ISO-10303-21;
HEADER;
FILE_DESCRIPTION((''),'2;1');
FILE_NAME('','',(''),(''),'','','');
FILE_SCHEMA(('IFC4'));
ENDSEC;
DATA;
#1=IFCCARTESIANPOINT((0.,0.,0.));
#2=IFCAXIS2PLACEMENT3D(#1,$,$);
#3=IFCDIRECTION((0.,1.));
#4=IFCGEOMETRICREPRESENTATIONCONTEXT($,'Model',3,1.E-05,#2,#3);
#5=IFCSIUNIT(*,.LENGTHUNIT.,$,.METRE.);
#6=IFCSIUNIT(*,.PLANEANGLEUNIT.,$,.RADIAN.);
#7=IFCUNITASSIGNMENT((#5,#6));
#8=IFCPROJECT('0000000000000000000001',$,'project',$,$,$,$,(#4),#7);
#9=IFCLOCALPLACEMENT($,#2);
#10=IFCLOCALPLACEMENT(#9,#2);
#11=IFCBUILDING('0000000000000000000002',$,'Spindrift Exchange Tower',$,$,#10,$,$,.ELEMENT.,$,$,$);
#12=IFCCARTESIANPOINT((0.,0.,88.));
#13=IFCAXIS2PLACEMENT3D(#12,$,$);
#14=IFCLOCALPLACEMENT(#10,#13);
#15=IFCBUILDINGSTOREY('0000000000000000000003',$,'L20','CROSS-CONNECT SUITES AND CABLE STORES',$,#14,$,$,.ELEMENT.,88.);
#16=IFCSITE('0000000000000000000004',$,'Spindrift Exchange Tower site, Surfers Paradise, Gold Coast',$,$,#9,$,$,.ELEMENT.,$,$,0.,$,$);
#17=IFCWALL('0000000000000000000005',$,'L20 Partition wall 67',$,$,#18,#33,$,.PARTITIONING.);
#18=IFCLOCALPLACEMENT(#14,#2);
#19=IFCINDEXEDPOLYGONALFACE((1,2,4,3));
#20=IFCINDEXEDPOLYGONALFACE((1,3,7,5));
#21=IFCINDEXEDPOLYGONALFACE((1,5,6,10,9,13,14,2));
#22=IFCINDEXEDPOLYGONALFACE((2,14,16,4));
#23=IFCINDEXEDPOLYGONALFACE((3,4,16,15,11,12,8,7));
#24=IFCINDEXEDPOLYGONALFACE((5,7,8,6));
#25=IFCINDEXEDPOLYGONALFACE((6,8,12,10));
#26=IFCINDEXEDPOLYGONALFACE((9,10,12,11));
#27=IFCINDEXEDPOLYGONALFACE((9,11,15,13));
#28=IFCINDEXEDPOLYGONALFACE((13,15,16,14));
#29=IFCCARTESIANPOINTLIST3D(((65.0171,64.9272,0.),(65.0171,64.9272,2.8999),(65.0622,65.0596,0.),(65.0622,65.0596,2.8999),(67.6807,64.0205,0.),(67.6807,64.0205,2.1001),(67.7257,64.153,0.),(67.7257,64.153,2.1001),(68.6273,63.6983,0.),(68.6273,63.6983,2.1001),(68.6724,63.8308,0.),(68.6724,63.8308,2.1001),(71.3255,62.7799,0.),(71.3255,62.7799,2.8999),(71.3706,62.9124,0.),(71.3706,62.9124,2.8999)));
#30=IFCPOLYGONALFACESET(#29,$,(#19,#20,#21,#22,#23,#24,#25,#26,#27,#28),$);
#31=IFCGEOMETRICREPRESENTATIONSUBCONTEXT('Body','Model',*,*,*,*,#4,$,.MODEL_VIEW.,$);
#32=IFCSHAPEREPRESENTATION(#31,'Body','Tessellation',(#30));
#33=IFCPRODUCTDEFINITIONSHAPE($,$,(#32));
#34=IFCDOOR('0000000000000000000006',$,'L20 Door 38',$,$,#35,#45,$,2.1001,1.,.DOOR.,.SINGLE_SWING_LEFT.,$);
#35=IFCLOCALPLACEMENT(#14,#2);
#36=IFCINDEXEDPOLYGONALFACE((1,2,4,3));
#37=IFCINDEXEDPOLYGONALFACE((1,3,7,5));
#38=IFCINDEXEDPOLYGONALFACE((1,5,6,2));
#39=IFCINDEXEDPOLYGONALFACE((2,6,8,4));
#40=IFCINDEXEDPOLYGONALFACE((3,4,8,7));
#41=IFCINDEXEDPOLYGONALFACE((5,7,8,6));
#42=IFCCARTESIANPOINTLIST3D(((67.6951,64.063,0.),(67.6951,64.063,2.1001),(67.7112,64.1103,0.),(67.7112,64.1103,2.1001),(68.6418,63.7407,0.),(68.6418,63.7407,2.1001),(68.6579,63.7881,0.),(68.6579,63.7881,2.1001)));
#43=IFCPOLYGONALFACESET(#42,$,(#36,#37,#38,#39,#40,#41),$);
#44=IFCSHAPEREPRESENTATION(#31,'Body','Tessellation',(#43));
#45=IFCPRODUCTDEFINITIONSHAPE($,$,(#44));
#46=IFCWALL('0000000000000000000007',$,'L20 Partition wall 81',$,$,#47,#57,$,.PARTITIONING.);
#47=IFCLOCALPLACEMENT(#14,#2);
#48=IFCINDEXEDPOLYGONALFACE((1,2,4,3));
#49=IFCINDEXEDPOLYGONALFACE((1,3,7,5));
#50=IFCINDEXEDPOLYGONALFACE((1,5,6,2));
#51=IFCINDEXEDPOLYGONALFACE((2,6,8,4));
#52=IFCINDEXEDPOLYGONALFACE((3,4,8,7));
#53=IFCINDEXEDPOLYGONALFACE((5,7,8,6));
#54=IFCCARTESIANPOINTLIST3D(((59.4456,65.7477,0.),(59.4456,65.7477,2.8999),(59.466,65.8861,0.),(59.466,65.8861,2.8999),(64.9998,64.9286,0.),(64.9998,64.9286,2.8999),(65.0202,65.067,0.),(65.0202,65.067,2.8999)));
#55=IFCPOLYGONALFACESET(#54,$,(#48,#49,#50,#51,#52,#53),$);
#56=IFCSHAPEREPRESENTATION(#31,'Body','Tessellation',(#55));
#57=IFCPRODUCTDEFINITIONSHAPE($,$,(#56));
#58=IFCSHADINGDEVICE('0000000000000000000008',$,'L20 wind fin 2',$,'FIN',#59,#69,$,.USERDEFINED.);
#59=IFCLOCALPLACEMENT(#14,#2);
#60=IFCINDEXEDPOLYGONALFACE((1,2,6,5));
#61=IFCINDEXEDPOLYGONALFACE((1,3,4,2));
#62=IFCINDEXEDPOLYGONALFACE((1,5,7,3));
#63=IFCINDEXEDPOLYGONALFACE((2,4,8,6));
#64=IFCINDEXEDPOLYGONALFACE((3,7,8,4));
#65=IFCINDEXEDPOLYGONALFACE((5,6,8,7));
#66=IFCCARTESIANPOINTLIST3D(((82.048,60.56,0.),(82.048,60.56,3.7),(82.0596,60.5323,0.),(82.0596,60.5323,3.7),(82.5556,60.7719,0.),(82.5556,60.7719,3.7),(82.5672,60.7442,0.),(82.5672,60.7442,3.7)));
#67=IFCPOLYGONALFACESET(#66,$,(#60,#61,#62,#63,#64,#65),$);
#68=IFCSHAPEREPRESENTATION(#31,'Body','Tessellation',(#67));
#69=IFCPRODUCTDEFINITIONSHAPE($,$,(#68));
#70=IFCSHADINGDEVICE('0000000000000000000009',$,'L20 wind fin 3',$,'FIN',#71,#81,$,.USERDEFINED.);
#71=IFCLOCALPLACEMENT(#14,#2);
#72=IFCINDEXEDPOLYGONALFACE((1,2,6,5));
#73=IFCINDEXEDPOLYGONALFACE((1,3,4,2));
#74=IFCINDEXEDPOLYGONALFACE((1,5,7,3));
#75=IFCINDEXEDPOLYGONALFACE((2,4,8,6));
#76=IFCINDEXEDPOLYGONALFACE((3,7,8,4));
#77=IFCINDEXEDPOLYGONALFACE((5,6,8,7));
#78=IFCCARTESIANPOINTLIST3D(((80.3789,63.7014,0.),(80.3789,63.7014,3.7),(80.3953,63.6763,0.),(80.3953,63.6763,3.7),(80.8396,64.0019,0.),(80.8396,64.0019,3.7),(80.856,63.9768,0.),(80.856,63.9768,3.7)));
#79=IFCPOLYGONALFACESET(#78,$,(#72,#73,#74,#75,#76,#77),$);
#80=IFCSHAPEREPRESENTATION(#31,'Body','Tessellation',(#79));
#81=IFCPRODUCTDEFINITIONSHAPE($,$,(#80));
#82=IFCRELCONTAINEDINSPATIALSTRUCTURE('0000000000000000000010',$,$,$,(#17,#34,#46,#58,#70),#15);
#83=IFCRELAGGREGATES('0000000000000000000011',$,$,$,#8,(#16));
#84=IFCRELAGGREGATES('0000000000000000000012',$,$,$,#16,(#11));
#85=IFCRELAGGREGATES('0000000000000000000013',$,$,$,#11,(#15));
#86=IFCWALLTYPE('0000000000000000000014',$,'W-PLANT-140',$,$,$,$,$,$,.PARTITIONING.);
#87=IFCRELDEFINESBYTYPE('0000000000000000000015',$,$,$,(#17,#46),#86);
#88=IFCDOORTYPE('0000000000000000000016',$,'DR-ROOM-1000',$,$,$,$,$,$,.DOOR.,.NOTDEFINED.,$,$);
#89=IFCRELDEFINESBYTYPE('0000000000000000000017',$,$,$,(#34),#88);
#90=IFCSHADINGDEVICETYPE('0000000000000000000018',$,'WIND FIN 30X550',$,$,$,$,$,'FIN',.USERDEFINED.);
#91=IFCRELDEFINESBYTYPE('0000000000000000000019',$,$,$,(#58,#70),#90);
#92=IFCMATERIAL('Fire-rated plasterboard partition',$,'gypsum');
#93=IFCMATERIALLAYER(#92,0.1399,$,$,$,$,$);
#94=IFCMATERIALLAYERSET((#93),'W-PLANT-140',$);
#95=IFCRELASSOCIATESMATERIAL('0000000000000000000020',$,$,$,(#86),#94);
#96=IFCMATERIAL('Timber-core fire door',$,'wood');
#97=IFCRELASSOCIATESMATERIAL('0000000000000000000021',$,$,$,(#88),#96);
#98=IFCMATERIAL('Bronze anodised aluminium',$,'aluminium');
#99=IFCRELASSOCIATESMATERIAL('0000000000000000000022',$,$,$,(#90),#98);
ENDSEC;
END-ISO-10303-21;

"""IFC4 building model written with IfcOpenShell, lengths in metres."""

from ifc_helpers import new_model, si_unit, direction, frame, frame_2d, origin, origin_2d, place, context, subcontext, project, spatial, rectangle, extrude, source, transform, mapped, material, layer, layer_set, material_profile, profile_set, type_object, element, fill, save


model = new_model("IFC4")

# Units and contexts
model_context = context("Model", 3, precision=1e-05, world=origin(), true_north=direction((0.0, 1.0)))
body_context = subcontext(model_context, "Body", "Model", "MODEL_VIEW")
ifc_project = project(units=[si_unit("LENGTHUNIT", "METRE"), si_unit("PLANEANGLEUNIT", "RADIAN")], contexts=[model_context])

# Site, building, storey
site_placement = place(None, origin())
site = spatial("IfcSite", under=ifc_project, at=site_placement, Name="Spindrift Exchange Tower site, Surfers Paradise, Gold Coast", CompositionType="ELEMENT", RefElevation=0.0)
building_placement = place(site_placement, origin())
building = spatial("IfcBuilding", under=site, at=building_placement, Name="Spindrift Exchange Tower", CompositionType="ELEMENT")
storey_placement = place(building_placement, frame((0.0, 0.0, 88.0)))
storey = spatial("IfcBuildingStorey", under=building, at=storey_placement, Name="L20", Description="CROSS-CONNECT SUITES AND CABLE STORES", CompositionType="ELEMENT", Elevation=88.0)

# Shared definitions
ifc_material_1 = material(Name="Bronze anodised aluminium", Category="aluminium")

# Wall, opening, door
ifc_material_2 = material(Name="Fire-rated plasterboard partition", Category="gypsum")
ifc_layer_1 = layer(ifc_material_2, 0.1399)
ifc_layer_set_1 = layer_set([ifc_layer_1], Name="W-PLANT-140")
wall_type = type_object("IfcWallType", Name="W-PLANT-140", PredefinedType="PARTITIONING", material=ifc_layer_set_1)
wall_1_placement = place(storey_placement, frame((65.0396, 64.9934, 0.0), z_axis=(0.0, 0.0, 1.0), x_axis=(0.946664, -0.322223, 0.0)))
wall_1 = element("IfcWall", 1, at=wall_1_placement, inside=storey, type_object=wall_type, Name="L20 Partition wall 67", PredefinedType="PARTITIONING", context=body_context, shape_type="SweptSolid", body=[
    extrude(rectangle(XDim=6.6638, YDim=0.1399, at=frame_2d((3.332, 0.0))), origin(), (0.0, 0.0, 1.0), 2.8999),
])
opening_placement = place(wall_1_placement, frame((2.8137, 0.0, 0.0)))
opening = element("IfcOpeningElement", 2, at=opening_placement, cuts=wall_1, PredefinedType="OPENING", context=body_context, shape_type="SweptSolid", body=[
    extrude(rectangle(XDim=1.0, YDim=2.1001, at=frame_2d((0.5, 1.05))), frame((0.0, 0.0798, 0.0), z_axis=(0.0, -1.0, 0.0), x_axis=(1.0, 0.0, 0.0)), (0.0, 0.0, 1.0), 0.1599),
])
ifc_material_3 = material(Name="Timber-core fire door", Category="wood")
door_type = type_object("IfcDoorType", Name="DR-ROOM-1000", OperationType="NOTDEFINED", PredefinedType="DOOR", material=ifc_material_3)
shared_shape_1 = source(origin(), body_context, "Body", "SweptSolid", [
    extrude(rectangle(XDim=1.0, YDim=2.1001, at=frame_2d((0.5, 1.05))), frame((0.0, 0.0249, 0.0), z_axis=(0.0, -1.0, 0.0), x_axis=(1.0, 0.0, 0.0)), (0.0, 0.0, 1.0), 0.05),
])
door_placement = place(opening_placement, origin())
door = element("IfcDoor", 3, at=door_placement, inside=storey, type_object=door_type, Name="L20 Door 38", OperationType="SINGLE_SWING_LEFT", OverallHeight=2.1001, OverallWidth=1.0, PredefinedType="DOOR", context=body_context, shape_type="MappedRepresentation", body=[
    mapped(shared_shape_1, transform((0.0, 0.0, 0.0), scale=1.0)),
])
fill(opening, door)

# Wall
wall_2_placement = place(storey_placement, frame((65.01, 64.9978, 0.0), z_axis=(0.0, 0.0, 1.0), x_axis=(-0.9893, 0.145895, 0.0)))
element("IfcWall", 4, at=wall_2_placement, inside=storey, type_object=wall_type, Name="L20 Partition wall 81", PredefinedType="PARTITIONING", context=body_context, shape_type="SweptSolid", body=[
    extrude(rectangle(XDim=5.6143, YDim=0.1399, at=frame_2d((2.8071, 0.0))), origin(), (0.0, 0.0, 1.0), 2.8999),
])

# Shading devices
ifc_material_profile_1 = material_profile(ifc_material_1, rectangle(XDim=0.03, YDim=0.55, at=origin_2d()), Name="WIND FIN 30X550")
ifc_profile_set_1 = profile_set([ifc_material_profile_1], Name="Bronze anodised aluminium")
shading_device_type = type_object("IfcShadingDeviceType", Name="WIND FIN 30X550", ElementType="FIN", PredefinedType="USERDEFINED", material=ifc_profile_set_1)
shared_shape_2 = source(origin(), body_context, "Body", "SweptSolid", [
    extrude(rectangle(XDim=0.03, YDim=0.55, at=origin_2d()), origin(), (0.0, 0.0, 1.0), 3.7),
])
for number, where, z_axis, x_axis, name in (
    (5, (82.3076, 60.6521, 0.0), (0.0, 0.0, 1.0), (-0.385231, 0.92282, 0.0), "L20 wind fin 2"),
    (6, (80.6174, 63.8391, 0.0), (0.0, 0.0, 1.0), (-0.546314, 0.83758, 0.0), "L20 wind fin 3"),
):
    element("IfcShadingDevice", number, at=place(storey_placement, frame(where, z_axis=z_axis, x_axis=x_axis)), inside=storey, type_object=shading_device_type, Name=name, ObjectType="FIN", PredefinedType="USERDEFINED", context=body_context, shape_type="MappedRepresentation", body=[
        mapped(shared_shape_2, transform((0.0, 0.0, 0.0), scale=1.0)),
    ])

save(model, "model.ifc")
